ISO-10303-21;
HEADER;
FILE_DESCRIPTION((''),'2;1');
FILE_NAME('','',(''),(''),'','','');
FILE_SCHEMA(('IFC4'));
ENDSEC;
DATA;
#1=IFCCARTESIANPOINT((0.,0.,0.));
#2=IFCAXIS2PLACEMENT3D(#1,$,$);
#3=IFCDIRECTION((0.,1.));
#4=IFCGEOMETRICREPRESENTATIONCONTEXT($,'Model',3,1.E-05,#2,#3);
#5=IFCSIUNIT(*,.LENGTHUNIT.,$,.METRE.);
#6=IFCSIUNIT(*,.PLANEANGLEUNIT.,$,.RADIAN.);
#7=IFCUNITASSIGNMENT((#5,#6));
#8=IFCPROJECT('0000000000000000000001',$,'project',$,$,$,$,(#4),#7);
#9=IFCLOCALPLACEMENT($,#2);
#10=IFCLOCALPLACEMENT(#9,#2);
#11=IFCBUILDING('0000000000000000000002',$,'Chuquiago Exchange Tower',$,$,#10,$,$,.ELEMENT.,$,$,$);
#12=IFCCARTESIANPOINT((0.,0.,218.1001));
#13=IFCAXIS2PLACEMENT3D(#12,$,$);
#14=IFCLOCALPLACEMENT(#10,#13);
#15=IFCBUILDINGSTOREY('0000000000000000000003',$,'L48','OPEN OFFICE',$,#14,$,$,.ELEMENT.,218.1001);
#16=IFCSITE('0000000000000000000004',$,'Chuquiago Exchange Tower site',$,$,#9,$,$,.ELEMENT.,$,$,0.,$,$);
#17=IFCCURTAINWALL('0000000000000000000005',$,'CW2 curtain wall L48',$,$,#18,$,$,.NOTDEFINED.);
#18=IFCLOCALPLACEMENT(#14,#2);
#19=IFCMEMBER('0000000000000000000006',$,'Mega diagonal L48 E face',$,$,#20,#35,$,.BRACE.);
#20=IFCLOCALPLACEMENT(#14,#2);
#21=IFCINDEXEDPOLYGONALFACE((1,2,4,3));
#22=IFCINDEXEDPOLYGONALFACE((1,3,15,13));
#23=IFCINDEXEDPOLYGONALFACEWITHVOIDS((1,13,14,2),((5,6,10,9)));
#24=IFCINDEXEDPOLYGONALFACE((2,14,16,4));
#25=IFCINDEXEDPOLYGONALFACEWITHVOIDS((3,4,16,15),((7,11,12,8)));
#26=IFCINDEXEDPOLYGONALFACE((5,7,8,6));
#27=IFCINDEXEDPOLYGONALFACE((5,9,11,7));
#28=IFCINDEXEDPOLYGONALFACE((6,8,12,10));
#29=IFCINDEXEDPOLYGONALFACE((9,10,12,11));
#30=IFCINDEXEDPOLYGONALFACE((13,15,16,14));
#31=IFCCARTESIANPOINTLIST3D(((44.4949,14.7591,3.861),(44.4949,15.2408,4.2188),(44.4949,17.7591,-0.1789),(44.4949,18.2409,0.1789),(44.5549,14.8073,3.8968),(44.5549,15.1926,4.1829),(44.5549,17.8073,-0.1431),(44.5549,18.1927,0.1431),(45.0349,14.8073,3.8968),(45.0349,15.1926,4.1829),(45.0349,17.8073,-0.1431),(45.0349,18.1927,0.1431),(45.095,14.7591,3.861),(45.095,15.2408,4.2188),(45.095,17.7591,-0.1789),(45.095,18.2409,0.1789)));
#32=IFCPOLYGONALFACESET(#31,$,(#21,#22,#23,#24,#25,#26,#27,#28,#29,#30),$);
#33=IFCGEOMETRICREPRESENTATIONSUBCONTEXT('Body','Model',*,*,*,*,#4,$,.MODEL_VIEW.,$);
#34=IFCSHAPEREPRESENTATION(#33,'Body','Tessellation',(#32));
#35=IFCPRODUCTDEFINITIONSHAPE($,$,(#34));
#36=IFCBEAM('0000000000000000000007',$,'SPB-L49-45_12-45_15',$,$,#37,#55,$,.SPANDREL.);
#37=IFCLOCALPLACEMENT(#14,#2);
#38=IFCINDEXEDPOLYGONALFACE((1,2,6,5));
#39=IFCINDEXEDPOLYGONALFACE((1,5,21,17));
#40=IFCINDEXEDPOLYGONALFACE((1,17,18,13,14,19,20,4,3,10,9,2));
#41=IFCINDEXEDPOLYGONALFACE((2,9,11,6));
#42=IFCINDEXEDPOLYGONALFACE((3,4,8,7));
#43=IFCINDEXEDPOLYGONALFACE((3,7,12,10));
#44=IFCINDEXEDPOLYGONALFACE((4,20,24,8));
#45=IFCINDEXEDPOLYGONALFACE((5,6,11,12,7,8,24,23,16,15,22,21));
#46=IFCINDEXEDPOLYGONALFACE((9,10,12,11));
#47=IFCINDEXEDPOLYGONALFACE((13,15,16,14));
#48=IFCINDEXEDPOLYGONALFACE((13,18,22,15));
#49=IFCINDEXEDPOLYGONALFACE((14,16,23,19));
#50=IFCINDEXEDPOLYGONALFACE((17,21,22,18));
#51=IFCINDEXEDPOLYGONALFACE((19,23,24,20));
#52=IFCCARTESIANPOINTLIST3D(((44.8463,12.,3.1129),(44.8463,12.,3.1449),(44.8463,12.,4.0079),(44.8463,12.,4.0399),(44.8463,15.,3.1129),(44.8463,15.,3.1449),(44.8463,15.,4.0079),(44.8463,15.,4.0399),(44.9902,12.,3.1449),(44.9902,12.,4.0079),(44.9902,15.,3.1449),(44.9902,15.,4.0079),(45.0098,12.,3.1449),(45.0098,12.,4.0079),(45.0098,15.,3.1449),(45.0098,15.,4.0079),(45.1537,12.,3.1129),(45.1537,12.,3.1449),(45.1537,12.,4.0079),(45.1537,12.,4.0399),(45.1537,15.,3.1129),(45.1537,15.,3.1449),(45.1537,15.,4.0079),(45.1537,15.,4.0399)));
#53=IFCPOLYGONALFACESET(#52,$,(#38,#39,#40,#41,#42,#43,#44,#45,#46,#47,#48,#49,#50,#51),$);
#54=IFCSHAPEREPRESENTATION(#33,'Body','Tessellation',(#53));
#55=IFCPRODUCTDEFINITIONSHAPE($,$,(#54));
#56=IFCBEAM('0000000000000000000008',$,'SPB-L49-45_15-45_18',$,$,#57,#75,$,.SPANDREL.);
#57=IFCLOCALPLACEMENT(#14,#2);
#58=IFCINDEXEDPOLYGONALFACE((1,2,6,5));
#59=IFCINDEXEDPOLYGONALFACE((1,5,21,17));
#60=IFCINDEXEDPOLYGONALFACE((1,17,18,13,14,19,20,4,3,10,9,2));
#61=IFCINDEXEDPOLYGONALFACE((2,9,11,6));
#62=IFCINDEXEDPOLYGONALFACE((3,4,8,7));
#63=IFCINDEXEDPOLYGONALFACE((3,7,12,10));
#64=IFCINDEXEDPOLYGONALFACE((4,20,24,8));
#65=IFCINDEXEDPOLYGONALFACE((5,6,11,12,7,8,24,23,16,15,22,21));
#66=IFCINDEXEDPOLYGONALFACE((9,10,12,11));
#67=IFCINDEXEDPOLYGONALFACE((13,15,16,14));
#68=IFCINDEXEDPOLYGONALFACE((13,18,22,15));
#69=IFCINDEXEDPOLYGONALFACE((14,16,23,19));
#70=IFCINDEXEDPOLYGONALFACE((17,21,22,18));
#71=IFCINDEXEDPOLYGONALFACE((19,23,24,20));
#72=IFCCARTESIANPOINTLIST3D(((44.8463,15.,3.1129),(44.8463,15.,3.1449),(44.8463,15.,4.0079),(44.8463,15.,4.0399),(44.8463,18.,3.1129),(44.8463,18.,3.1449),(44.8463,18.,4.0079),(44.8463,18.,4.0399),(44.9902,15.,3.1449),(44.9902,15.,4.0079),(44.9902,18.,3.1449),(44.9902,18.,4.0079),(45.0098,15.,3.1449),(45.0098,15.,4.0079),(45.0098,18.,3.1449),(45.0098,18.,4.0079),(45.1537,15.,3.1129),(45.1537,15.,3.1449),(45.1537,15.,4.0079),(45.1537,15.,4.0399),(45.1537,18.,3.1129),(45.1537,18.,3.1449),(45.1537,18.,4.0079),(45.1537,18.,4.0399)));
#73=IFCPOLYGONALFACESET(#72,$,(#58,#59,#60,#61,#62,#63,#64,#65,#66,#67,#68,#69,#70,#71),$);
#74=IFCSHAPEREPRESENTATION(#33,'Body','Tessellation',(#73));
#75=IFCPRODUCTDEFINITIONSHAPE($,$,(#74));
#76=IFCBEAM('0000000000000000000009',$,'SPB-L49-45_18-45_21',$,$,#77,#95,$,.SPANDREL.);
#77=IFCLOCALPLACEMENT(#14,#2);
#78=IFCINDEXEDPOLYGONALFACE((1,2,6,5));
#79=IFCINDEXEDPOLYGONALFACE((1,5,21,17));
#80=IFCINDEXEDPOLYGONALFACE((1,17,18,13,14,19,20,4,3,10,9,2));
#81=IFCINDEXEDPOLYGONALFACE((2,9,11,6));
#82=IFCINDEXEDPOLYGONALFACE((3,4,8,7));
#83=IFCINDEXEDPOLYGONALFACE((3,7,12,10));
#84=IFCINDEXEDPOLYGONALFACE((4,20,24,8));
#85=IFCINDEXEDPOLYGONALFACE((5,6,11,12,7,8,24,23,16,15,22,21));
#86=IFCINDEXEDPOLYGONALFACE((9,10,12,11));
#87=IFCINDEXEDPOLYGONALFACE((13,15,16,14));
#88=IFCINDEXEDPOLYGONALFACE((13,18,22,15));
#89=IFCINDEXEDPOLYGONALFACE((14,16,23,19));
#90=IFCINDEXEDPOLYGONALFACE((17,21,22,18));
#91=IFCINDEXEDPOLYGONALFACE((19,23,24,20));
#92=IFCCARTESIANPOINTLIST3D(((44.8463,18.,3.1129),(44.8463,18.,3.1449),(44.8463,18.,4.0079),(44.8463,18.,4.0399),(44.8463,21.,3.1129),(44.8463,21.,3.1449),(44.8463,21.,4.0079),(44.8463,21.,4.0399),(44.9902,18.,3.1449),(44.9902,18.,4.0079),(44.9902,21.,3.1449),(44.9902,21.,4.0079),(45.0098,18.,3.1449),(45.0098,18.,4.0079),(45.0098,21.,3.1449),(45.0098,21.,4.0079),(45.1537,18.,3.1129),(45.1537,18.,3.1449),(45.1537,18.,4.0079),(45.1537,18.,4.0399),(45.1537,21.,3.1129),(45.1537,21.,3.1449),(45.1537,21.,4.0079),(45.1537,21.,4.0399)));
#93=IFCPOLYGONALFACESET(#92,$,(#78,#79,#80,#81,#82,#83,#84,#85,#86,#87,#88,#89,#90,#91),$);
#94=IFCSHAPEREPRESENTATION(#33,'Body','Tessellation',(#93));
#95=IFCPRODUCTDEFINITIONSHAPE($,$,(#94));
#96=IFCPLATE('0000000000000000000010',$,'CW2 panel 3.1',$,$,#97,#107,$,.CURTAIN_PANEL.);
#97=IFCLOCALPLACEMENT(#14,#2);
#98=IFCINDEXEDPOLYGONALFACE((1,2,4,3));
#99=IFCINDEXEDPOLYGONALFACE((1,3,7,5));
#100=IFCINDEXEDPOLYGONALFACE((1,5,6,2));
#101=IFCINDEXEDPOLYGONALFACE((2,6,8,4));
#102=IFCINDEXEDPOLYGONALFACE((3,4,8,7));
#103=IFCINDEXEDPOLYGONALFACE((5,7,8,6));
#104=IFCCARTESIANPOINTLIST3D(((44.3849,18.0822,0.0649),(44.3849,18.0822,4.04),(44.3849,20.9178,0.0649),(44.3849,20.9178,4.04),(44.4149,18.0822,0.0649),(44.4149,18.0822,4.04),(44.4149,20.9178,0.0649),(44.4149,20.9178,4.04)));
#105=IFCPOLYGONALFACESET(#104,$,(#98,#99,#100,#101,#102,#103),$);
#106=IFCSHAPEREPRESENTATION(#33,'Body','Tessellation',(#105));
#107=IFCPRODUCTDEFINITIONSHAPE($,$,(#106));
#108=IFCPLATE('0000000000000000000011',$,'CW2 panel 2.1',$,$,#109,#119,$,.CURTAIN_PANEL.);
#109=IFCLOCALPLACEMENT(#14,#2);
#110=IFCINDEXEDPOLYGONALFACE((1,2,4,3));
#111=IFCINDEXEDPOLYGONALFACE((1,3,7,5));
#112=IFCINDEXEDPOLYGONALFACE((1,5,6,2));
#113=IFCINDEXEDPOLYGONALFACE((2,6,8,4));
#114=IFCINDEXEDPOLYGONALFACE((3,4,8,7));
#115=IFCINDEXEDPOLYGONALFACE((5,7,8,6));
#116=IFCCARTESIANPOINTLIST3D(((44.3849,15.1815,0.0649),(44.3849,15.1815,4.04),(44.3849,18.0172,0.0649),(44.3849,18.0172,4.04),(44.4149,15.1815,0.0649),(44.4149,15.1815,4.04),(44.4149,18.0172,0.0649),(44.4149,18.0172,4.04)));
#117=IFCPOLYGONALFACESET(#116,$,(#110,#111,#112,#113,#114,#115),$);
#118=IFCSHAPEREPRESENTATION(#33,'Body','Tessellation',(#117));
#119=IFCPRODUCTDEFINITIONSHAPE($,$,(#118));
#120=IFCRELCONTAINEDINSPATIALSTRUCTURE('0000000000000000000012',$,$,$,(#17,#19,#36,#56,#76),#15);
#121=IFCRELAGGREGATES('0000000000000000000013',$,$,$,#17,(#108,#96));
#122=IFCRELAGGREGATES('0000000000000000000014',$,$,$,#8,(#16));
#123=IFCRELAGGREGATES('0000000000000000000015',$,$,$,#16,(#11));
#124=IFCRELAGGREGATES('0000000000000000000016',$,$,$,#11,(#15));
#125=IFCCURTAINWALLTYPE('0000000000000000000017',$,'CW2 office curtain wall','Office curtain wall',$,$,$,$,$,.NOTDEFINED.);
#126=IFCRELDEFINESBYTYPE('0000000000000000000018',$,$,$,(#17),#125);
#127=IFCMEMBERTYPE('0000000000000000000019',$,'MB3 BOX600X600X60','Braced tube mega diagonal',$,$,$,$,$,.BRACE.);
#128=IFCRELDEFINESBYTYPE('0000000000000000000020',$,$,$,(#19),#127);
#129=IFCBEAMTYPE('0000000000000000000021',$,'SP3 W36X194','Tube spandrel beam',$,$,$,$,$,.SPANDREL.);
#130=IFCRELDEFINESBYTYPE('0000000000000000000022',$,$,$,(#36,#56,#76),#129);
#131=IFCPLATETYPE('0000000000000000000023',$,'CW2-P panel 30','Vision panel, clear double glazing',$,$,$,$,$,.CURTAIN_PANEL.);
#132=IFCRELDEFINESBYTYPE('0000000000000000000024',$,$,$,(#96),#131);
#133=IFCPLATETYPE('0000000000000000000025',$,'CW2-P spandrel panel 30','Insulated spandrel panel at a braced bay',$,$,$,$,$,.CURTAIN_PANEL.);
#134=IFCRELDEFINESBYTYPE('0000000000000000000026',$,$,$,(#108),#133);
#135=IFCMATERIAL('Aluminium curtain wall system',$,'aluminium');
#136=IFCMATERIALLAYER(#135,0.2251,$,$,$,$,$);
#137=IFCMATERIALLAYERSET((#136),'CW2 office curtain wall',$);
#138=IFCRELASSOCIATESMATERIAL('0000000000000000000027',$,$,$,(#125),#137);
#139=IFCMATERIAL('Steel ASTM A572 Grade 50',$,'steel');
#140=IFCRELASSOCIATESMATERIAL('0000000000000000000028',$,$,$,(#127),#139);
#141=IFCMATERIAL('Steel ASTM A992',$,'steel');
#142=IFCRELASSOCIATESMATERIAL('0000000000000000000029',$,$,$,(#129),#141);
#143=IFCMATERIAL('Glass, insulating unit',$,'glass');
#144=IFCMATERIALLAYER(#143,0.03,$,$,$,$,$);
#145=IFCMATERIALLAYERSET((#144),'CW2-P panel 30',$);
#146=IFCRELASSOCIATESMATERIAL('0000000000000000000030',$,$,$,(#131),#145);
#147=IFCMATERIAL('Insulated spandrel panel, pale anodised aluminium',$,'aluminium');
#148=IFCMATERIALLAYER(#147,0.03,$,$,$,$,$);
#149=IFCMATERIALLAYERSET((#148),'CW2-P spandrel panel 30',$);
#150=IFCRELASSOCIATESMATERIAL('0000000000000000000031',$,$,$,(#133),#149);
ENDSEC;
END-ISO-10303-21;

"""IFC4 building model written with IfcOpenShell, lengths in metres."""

from ifc_helpers import new_model, si_unit, direction, frame, origin, origin_2d, place, context, subcontext, project, spatial, rectangle, hollow_rectangle, i_section, extrude, material, layer, layer_set, material_profile, profile_set, type_object, element, aggregate, save


model = new_model("IFC4")

# Units and contexts
model_context = context("Model", 3, precision=1e-05, world=origin(), true_north=direction((0.0, 1.0)))
body_context = subcontext(model_context, "Body", "Model", "MODEL_VIEW")
ifc_project = project(units=[si_unit("LENGTHUNIT", "METRE"), si_unit("PLANEANGLEUNIT", "RADIAN")], contexts=[model_context])

# Site, building, storey
site_placement = place(None, origin())
site = spatial("IfcSite", under=ifc_project, at=site_placement, Name="Chuquiago Exchange Tower site", CompositionType="ELEMENT", RefElevation=0.0)
building_placement = place(site_placement, origin())
building = spatial("IfcBuilding", under=site, at=building_placement, Name="Chuquiago Exchange Tower", CompositionType="ELEMENT")
storey_placement = place(building_placement, frame((0.0, 0.0, 218.1001)))
storey = spatial("IfcBuildingStorey", under=building, at=storey_placement, Name="L48", Description="OPEN OFFICE", CompositionType="ELEMENT", Elevation=218.1001)

# Curtain wall
ifc_material_1 = material(Name="Aluminium curtain wall system", Category="aluminium")
ifc_layer_1 = layer(ifc_material_1, 0.2251)
ifc_layer_set_1 = layer_set([ifc_layer_1], Name="CW2 office curtain wall")
curtain_wall_type = type_object("IfcCurtainWallType", Name="CW2 office curtain wall", Description="Office curtain wall", PredefinedType="NOTDEFINED", material=ifc_layer_set_1)
curtain_wall_placement = place(storey_placement, origin())
curtain_wall = element("IfcCurtainWall", 1, at=curtain_wall_placement, inside=storey, type_object=curtain_wall_type, Name="CW2 curtain wall L48", PredefinedType="NOTDEFINED")

# Member
ifc_material_2 = material(Name="Steel ASTM A572 Grade 50", Category="steel")
ifc_material_profile_1 = material_profile(ifc_material_2, hollow_rectangle(XDim=0.6001, YDim=0.6001, WallThickness=0.0601, at=origin_2d()), Name="BOX600X600X60")
ifc_profile_set_1 = profile_set([ifc_material_profile_1], Name="Steel ASTM A572 Grade 50")
member_type_1 = type_object("IfcMemberType", Name="MB3 BOX600X600X60", Description="Braced tube mega diagonal", PredefinedType="BRACE", material=ifc_profile_set_1)
for number, where, z_axis, x_axis, name in (
    (2, (44.7949, 18.0, 0.0), (0.0, -0.596197, 0.802838), (1.0, 0.0, 0.0), "Mega diagonal L48 E face"),
):
    element("IfcMember", number, at=place(storey_placement, frame(where, z_axis=z_axis, x_axis=x_axis)), inside=storey, type_object=member_type_1, Name=name, PredefinedType="BRACE", context=body_context, shape_type="SweptSolid", body=[
        extrude(hollow_rectangle(XDim=0.6001, YDim=0.6001, WallThickness=0.0601, at=origin_2d()), origin(), (0.0, 0.0, 1.0), 5.032),
    ])

# Beams
ifc_material_3 = material(Name="Steel ASTM A992", Category="steel")
ifc_material_profile_2 = material_profile(ifc_material_3, i_section(OverallWidth=0.3074, OverallDepth=0.927, WebThickness=0.0195, FlangeThickness=0.032, at=origin_2d()), Name="W36X194")
ifc_profile_set_2 = profile_set([ifc_material_profile_2], Name="Steel ASTM A992")
beam_type = type_object("IfcBeamType", Name="SP3 W36X194", Description="Tube spandrel beam", PredefinedType="SPANDREL", material=ifc_profile_set_2)
for number, where, z_axis, x_axis, name in (
    (3, (45.0, 12.0, 3.5764), (0.0, 1.0, 0.0), (-1.0, 0.0, 0.0), "SPB-L49-45_12-45_15"),
    (4, (45.0, 15.0, 3.5764), (0.0, 1.0, 0.0), (-1.0, 0.0, 0.0), "SPB-L49-45_15-45_18"),
    (5, (45.0, 18.0, 3.5764), (0.0, 1.0, 0.0), (-1.0, 0.0, 0.0), "SPB-L49-45_18-45_21"),
):
    element("IfcBeam", number, at=place(storey_placement, frame(where, z_axis=z_axis, x_axis=x_axis)), inside=storey, type_object=beam_type, Name=name, PredefinedType="SPANDREL", context=body_context, shape_type="SweptSolid", body=[
        extrude(i_section(OverallWidth=0.3074, OverallDepth=0.927, WebThickness=0.0195, FlangeThickness=0.032, at=origin_2d()), origin(), (0.0, 0.0, 1.0), 3.0),
    ])

# Plates
ifc_material_4 = material(Name="Glass, insulating unit", Category="glass")
ifc_layer_2 = layer(ifc_material_4, 0.03)
ifc_layer_set_2 = layer_set([ifc_layer_2], Name="CW2-P panel 30")
plate_type_1 = type_object("IfcPlateType", Name="CW2-P panel 30", Description="Vision panel, clear double glazing", PredefinedType="CURTAIN_PANEL", material=ifc_layer_set_2)
plate_1_placement = place(storey_placement, frame((44.3999, 19.5, 0.0649), z_axis=(0.0, 0.0, 1.0), x_axis=(0.0, 1.0, 0.0)))
plate_1 = element("IfcPlate", 6, at=plate_1_placement, type_object=plate_type_1, Name="CW2 panel 3.1", PredefinedType="CURTAIN_PANEL", context=body_context, shape_type="SweptSolid", body=[
    extrude(rectangle(XDim=2.8357, YDim=0.03, at=origin_2d()), origin(), (0.0, 0.0, 1.0), 3.9751),
])
ifc_material_5 = material(Name="Insulated spandrel panel, pale anodised aluminium", Category="aluminium")
ifc_layer_3 = layer(ifc_material_5, 0.03)
ifc_layer_set_3 = layer_set([ifc_layer_3], Name="CW2-P spandrel panel 30")
plate_type_2 = type_object("IfcPlateType", Name="CW2-P spandrel panel 30", Description="Insulated spandrel panel at a braced bay", PredefinedType="CURTAIN_PANEL", material=ifc_layer_set_3)
plate_2_placement = place(storey_placement, frame((44.3999, 16.5994, 0.0649), z_axis=(0.0, 0.0, 1.0), x_axis=(0.0, 1.0, 0.0)))
plate_2 = element("IfcPlate", 7, at=plate_2_placement, type_object=plate_type_2, Name="CW2 panel 2.1", PredefinedType="CURTAIN_PANEL", context=body_context, shape_type="SweptSolid", body=[
    extrude(rectangle(XDim=2.8357, YDim=0.03, at=origin_2d()), origin(), (0.0, 0.0, 1.0), 3.9751),
])
aggregate(curtain_wall, [plate_2, plate_1])

save(model, "model.ifc")
